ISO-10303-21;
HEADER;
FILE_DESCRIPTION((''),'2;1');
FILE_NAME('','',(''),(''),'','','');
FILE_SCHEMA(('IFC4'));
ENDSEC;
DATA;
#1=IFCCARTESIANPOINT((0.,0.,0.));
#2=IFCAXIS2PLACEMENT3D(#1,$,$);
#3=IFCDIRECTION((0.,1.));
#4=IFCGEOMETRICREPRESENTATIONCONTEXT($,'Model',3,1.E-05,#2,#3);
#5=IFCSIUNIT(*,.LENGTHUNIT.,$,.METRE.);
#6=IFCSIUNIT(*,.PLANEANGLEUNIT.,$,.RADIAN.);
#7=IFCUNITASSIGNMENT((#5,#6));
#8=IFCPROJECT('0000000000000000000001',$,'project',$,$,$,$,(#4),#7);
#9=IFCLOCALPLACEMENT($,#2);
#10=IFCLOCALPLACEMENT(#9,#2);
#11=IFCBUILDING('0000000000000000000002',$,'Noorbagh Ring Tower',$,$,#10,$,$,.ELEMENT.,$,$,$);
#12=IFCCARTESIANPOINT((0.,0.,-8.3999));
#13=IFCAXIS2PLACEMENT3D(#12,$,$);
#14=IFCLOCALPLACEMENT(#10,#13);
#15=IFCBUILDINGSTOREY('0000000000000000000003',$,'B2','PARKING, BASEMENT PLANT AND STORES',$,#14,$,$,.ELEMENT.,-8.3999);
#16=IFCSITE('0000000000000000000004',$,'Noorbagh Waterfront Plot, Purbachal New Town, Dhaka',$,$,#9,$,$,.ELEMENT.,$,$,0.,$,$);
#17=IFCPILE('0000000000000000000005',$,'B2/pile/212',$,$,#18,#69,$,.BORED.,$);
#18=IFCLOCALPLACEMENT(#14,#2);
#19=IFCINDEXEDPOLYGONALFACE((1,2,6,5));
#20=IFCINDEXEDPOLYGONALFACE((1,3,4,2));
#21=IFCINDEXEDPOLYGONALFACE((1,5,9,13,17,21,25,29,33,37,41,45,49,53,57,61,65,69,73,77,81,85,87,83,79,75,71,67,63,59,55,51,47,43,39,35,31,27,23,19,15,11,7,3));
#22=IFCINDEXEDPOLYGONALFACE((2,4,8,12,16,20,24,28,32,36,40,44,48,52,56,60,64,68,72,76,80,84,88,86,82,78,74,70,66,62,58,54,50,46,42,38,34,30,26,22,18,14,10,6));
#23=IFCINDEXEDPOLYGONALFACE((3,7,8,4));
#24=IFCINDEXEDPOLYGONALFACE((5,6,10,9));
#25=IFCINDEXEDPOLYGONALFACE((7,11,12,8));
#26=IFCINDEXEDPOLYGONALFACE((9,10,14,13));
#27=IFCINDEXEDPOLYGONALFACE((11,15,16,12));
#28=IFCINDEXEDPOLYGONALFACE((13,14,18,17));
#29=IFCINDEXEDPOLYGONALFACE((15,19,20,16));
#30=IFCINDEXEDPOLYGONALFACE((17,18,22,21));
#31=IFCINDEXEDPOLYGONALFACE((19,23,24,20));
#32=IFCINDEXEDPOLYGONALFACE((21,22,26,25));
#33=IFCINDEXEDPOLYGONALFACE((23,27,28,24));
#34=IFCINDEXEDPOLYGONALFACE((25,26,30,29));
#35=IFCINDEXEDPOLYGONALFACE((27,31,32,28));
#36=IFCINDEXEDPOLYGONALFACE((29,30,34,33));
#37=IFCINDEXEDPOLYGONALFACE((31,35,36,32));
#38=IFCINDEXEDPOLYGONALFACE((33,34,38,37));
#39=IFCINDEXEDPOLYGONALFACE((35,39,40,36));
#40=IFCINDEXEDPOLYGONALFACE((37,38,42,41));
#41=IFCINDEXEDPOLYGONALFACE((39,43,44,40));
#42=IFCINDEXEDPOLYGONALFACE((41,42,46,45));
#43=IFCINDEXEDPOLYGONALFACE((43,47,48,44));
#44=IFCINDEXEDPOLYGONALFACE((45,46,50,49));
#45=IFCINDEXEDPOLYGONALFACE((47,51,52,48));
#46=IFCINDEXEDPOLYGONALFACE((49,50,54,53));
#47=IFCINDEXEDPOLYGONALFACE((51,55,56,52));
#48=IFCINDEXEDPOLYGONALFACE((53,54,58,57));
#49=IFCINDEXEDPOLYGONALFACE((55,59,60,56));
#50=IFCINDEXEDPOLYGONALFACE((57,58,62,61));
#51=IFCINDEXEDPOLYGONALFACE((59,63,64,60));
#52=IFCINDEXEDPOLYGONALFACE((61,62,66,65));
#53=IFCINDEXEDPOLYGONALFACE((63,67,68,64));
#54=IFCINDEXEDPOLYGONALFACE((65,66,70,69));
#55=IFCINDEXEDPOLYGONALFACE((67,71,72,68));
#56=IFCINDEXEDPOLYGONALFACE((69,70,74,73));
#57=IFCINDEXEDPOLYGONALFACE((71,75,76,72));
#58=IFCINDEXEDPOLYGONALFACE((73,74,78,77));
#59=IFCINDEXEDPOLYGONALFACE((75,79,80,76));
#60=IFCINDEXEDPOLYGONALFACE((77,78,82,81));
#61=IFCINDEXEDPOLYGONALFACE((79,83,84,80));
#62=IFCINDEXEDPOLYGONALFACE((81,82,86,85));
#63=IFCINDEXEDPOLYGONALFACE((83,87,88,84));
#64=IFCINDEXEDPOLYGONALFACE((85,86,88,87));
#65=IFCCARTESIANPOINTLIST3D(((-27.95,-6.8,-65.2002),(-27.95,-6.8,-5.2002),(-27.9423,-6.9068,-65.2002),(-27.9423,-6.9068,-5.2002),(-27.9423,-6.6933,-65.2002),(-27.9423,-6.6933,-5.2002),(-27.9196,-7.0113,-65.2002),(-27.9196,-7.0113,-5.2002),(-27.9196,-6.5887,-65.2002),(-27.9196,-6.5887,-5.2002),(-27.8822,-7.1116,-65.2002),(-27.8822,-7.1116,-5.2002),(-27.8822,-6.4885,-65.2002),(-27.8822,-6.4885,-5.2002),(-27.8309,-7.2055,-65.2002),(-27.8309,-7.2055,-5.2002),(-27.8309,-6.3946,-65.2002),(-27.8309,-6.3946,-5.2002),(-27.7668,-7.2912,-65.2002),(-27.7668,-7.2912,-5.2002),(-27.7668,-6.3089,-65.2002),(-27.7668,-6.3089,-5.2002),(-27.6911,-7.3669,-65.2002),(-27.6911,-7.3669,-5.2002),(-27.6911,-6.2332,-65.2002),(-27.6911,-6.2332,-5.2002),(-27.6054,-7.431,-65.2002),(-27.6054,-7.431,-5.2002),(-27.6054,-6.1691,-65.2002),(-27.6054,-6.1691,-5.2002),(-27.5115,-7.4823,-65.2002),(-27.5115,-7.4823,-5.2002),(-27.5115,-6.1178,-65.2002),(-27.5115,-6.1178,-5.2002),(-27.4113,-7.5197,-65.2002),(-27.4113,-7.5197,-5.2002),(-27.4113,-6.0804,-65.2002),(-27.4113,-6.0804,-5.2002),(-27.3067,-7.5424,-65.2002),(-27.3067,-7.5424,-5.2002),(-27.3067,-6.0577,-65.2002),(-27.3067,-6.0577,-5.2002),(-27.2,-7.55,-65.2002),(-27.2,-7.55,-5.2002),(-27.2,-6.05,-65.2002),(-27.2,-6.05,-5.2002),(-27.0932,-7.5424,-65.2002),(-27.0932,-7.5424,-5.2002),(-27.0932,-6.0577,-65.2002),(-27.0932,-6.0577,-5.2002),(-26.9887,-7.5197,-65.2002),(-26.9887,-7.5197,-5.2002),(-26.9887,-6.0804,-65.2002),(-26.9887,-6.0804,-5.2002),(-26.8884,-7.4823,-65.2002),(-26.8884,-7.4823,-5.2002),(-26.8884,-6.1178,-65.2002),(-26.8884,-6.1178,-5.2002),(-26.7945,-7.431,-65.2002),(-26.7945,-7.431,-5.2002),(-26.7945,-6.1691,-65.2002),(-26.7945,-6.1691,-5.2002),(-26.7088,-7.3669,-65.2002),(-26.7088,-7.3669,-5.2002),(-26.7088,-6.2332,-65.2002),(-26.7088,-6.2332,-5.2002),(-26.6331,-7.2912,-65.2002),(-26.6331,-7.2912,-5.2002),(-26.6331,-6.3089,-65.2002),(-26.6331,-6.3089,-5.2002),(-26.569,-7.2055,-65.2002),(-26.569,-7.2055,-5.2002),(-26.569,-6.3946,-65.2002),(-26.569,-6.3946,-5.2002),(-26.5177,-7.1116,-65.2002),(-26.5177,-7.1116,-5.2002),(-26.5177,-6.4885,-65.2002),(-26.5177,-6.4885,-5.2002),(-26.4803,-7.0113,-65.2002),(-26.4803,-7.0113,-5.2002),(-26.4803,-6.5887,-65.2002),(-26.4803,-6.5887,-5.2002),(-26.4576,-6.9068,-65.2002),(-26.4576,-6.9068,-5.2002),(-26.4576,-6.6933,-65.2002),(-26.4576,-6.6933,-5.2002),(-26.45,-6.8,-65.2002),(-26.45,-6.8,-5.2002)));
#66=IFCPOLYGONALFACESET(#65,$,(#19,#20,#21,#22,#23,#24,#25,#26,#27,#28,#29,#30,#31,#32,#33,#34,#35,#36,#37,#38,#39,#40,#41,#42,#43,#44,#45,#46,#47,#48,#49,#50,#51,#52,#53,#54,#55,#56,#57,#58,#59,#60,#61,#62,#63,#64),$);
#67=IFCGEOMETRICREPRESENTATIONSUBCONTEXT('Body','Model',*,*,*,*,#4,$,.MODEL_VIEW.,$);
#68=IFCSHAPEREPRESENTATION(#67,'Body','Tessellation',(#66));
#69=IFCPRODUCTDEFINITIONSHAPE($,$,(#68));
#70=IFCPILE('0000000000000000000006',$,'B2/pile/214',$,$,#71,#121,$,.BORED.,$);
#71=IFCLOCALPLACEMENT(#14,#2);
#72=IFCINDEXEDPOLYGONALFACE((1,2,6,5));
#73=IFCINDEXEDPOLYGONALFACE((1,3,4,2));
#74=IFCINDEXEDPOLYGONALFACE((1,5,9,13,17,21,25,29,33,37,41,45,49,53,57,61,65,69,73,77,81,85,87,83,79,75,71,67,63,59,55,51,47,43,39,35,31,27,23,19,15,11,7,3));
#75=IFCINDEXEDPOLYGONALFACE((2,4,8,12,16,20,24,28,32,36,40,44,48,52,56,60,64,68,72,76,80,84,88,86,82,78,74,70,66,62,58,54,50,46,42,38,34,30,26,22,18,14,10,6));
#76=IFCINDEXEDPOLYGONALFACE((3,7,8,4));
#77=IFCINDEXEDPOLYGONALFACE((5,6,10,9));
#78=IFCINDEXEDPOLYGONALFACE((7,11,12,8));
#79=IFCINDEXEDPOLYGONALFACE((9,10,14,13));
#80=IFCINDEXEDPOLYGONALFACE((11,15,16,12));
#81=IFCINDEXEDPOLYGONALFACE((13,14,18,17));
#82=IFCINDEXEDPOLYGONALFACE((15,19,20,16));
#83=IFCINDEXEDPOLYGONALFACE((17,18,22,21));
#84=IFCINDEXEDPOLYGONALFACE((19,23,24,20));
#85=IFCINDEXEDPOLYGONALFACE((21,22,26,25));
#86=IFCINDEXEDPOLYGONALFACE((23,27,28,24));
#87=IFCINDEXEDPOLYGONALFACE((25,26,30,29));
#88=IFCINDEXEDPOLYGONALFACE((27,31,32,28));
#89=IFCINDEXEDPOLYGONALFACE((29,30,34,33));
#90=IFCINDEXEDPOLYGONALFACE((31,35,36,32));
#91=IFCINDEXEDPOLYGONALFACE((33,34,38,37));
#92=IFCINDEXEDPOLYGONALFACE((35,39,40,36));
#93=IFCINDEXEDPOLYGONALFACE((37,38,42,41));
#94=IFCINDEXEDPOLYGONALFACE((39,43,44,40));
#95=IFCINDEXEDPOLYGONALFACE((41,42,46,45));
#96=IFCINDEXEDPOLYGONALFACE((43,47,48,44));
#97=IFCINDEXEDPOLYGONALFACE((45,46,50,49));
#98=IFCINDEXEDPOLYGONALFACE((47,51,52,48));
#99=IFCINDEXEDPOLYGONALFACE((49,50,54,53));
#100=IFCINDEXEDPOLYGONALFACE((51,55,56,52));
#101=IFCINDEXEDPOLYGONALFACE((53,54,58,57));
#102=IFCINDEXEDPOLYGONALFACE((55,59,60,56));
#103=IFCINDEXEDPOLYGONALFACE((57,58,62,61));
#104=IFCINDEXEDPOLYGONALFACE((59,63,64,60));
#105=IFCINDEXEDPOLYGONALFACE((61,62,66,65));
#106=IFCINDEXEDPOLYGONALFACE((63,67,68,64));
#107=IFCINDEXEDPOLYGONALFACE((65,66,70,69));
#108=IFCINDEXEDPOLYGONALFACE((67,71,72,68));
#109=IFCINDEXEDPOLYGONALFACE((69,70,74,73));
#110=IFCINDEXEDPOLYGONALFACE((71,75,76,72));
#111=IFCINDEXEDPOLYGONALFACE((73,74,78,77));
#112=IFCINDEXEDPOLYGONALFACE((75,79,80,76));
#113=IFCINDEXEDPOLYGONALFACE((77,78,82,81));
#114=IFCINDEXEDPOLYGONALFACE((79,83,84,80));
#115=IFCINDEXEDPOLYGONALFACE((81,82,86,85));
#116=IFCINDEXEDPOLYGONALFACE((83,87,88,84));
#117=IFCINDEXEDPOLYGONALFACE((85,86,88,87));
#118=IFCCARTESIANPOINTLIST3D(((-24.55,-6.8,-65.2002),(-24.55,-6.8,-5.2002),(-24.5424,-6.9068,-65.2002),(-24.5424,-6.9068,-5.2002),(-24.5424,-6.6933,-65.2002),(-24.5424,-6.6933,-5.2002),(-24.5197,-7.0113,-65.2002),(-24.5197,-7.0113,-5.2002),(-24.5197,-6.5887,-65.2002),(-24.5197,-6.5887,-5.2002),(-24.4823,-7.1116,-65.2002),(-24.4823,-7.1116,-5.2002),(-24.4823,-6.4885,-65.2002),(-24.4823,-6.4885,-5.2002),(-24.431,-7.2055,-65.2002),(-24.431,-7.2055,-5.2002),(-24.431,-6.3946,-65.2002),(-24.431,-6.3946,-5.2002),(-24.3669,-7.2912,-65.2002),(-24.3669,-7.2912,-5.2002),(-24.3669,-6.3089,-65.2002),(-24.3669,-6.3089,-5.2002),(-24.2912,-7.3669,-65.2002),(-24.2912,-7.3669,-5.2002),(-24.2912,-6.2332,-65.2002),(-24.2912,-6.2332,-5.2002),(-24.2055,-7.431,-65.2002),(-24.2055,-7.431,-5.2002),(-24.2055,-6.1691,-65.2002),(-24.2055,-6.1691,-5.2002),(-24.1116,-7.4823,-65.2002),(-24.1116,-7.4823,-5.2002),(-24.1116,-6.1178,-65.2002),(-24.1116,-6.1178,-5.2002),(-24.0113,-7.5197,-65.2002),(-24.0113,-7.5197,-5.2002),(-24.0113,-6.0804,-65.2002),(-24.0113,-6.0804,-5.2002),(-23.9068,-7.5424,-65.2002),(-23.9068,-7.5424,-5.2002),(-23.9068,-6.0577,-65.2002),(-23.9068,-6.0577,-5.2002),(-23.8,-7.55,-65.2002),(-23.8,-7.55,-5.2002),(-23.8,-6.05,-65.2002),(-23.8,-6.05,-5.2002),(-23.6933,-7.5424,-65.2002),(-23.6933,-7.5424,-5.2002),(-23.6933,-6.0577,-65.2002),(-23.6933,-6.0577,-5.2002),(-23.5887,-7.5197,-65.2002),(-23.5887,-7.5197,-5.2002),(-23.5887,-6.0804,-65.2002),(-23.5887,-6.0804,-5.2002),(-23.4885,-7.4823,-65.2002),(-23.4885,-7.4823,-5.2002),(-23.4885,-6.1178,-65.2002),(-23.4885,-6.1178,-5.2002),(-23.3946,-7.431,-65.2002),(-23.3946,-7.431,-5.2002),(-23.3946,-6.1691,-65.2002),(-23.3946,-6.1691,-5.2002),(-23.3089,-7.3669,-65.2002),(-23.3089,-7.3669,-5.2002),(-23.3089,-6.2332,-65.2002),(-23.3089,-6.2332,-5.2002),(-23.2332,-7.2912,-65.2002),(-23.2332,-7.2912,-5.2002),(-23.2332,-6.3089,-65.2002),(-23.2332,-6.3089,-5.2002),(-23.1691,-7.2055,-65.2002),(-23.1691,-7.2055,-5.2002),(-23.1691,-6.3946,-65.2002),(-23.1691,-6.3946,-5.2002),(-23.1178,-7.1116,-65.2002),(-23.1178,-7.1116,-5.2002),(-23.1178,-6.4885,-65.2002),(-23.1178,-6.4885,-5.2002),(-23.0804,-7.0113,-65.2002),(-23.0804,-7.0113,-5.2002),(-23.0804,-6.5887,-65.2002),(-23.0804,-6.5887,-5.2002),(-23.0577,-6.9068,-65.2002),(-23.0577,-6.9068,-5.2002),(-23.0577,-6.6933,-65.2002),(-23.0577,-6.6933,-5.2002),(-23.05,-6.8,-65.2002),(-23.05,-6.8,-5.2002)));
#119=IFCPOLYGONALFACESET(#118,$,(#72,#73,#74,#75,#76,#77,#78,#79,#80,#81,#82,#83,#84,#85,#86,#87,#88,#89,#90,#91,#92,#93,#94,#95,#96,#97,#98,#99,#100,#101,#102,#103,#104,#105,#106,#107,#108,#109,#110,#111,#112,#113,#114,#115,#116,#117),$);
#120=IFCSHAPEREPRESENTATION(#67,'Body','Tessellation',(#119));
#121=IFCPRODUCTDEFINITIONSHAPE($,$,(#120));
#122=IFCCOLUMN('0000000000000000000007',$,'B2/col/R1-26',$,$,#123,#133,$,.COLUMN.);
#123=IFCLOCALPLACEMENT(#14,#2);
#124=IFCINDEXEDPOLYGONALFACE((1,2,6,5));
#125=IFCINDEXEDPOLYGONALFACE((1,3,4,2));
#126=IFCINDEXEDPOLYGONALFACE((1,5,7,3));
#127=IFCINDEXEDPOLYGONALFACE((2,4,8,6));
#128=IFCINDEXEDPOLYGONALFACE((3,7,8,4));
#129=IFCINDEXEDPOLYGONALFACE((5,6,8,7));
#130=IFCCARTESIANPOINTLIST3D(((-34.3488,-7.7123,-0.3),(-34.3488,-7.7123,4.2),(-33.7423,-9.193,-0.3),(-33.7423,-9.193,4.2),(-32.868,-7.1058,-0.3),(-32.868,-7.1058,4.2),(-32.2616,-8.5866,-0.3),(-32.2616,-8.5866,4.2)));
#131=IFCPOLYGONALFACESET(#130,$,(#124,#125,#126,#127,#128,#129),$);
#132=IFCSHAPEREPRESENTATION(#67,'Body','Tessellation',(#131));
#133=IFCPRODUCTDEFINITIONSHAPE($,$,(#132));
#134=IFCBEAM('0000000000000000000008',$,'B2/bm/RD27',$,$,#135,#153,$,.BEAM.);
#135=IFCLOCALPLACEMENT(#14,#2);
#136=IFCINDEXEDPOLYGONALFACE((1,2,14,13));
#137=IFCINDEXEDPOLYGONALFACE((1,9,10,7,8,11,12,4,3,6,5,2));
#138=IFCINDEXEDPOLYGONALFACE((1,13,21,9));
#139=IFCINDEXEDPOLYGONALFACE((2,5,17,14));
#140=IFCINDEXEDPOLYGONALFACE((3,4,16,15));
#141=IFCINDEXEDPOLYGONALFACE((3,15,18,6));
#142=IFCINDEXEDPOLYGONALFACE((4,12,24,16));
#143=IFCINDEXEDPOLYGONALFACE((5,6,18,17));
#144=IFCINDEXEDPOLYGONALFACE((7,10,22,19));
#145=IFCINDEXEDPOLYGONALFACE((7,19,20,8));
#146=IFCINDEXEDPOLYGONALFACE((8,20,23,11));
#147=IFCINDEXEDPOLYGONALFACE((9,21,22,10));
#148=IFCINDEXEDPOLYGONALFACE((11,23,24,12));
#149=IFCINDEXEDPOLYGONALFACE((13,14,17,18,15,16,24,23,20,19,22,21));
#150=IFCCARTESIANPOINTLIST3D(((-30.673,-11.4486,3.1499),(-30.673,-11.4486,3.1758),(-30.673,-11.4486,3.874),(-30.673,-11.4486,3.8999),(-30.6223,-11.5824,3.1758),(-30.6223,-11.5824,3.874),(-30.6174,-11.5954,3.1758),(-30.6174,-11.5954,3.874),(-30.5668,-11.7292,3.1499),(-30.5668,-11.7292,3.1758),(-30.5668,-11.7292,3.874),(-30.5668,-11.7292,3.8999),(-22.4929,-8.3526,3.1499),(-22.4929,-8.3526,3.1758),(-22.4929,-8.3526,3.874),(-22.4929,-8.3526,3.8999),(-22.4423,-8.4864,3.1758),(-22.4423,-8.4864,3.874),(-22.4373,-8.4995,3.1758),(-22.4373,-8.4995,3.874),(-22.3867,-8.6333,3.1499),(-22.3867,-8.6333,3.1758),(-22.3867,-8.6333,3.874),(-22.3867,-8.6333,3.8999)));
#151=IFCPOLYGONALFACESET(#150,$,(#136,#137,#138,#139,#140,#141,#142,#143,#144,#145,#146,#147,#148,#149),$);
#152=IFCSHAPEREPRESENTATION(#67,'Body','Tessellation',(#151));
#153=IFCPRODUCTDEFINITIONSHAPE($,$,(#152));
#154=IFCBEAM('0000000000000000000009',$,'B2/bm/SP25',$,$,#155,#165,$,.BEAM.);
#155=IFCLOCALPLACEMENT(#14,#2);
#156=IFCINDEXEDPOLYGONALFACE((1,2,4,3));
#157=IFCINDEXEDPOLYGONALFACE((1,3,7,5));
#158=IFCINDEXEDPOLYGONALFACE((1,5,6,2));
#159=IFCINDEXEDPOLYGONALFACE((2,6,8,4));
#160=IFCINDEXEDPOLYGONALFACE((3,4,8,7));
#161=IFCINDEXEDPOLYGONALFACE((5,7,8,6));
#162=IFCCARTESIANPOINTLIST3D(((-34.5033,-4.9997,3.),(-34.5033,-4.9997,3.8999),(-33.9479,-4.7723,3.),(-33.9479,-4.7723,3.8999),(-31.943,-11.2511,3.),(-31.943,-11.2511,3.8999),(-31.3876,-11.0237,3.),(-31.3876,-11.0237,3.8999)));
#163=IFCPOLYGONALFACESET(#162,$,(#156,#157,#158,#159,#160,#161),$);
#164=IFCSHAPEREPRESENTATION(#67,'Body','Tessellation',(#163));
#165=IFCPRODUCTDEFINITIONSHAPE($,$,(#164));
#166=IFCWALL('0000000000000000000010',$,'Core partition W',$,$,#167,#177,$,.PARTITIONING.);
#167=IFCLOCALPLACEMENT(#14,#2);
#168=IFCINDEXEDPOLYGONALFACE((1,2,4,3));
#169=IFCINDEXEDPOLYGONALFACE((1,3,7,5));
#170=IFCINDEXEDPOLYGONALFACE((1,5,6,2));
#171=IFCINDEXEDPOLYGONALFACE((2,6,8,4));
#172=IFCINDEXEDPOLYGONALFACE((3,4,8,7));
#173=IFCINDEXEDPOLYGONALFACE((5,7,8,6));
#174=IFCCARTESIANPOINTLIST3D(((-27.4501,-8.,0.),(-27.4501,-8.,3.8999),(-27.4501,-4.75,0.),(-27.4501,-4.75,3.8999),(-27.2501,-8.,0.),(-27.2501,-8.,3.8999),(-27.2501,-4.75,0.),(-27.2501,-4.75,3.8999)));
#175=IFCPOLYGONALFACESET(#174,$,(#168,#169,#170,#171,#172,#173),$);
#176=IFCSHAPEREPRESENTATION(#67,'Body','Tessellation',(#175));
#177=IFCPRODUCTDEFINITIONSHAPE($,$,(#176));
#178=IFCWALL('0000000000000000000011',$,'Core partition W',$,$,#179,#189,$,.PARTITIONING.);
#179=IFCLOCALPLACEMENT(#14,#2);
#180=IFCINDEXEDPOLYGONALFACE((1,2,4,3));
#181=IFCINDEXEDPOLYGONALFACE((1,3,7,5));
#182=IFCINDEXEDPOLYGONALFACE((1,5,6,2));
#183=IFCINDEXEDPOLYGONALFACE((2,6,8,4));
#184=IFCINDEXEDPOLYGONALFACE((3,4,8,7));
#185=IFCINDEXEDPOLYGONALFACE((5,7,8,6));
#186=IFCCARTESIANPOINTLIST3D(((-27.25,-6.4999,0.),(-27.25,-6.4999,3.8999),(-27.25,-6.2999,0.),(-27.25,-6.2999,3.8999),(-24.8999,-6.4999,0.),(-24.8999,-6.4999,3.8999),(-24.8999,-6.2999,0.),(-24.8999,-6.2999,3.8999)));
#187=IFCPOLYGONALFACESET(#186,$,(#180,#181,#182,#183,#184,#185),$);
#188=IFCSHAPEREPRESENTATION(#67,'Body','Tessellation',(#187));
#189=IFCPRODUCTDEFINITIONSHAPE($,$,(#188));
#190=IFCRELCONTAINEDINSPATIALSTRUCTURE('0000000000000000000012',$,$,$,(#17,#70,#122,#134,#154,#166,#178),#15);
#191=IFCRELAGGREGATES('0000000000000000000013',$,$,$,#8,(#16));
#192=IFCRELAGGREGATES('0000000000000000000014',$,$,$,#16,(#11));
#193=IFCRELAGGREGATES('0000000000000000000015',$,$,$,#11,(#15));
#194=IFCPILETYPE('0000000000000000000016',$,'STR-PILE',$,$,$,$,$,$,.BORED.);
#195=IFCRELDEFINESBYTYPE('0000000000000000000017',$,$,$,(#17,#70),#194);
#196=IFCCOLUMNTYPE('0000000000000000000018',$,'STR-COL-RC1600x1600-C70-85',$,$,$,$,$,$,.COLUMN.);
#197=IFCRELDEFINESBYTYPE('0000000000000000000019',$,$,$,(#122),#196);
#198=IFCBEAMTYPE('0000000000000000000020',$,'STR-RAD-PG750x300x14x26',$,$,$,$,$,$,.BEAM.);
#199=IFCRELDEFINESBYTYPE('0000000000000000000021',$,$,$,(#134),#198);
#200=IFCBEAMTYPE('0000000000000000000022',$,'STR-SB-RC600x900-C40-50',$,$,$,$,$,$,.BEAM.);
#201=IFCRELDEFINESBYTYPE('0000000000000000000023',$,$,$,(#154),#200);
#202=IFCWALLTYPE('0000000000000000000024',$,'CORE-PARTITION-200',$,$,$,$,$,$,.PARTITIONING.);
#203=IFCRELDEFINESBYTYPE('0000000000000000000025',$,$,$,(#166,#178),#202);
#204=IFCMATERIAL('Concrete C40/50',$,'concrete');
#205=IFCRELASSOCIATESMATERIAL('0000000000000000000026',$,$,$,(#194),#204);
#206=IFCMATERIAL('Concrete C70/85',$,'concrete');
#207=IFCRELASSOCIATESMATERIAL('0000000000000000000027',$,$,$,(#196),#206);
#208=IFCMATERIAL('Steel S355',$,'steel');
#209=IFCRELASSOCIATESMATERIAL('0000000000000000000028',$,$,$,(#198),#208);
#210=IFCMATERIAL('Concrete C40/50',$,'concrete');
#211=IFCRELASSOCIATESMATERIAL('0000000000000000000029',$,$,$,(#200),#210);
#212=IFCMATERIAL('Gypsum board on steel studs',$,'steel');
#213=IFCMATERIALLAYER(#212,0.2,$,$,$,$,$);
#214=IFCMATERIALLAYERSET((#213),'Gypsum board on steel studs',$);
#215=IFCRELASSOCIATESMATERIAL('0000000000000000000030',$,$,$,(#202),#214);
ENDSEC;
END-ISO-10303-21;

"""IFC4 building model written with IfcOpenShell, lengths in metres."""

from ifc_helpers import new_model, si_unit, direction, frame, frame_2d, origin, origin_2d, place, context, subcontext, project, spatial, rectangle, circle, i_section, extrude, material, layer, layer_set, material_profile, profile_set, type_object, element, save


model = new_model("IFC4")

# Units and contexts
model_context = context("Model", 3, precision=1e-05, world=origin(), true_north=direction((0.0, 1.0)))
body_context = subcontext(model_context, "Body", "Model", "MODEL_VIEW")
ifc_project = project(units=[si_unit("LENGTHUNIT", "METRE"), si_unit("PLANEANGLEUNIT", "RADIAN")], contexts=[model_context])

# Site, building, storey
site_placement = place(None, origin())
site = spatial("IfcSite", under=ifc_project, at=site_placement, Name="Noorbagh Waterfront Plot, Purbachal New Town, Dhaka", CompositionType="ELEMENT", RefElevation=0.0)
building_placement = place(site_placement, origin())
building = spatial("IfcBuilding", under=site, at=building_placement, Name="Noorbagh Ring Tower", CompositionType="ELEMENT")
storey_placement = place(building_placement, frame((0.0, 0.0, -8.3999)))
storey = spatial("IfcBuildingStorey", under=building, at=storey_placement, Name="B2", Description="PARKING, BASEMENT PLANT AND STORES", CompositionType="ELEMENT", Elevation=-8.3999)

# Piles
ifc_material_1 = material(Name="Concrete C40/50", Category="concrete")
ifc_material_profile_1 = material_profile(ifc_material_1, circle(Radius=0.75, at=origin_2d()), Name="PILE1500")
ifc_profile_set_1 = profile_set([ifc_material_profile_1], Name="Concrete C40/50")
pile_type = type_object("IfcPileType", Name="STR-PILE", PredefinedType="BORED", material=ifc_profile_set_1)
for number, where, z_axis, x_axis, name in (
    (1, (-27.2, -6.8, -5.2002), (0.0, 0.0, -1.0), (1.0, 0.0, 0.0), "B2/pile/212"),
    (2, (-23.8, -6.8, -5.2002), (0.0, 0.0, -1.0), (1.0, 0.0, 0.0), "B2/pile/214"),
):
    element("IfcPile", number, at=place(storey_placement, frame(where, z_axis=z_axis, x_axis=x_axis)), inside=storey, type_object=pile_type, Name=name, PredefinedType="BORED", context=body_context, shape_type="SweptSolid", body=[
        extrude(circle(Radius=0.75, at=origin_2d()), origin(), (0.0, 0.0, 1.0), 60.0),
    ])

# Column
ifc_material_2 = material(Name="Concrete C70/85", Category="concrete")
ifc_material_profile_2 = material_profile(ifc_material_2, rectangle(XDim=1.6001, YDim=1.6001, at=origin_2d()), Name="RC1600x1600")
ifc_profile_set_2 = profile_set([ifc_material_profile_2], Name="Concrete C70/85")
column_type = type_object("IfcColumnType", Name="STR-COL-RC1600x1600-C70-85", PredefinedType="COLUMN", material=ifc_profile_set_2)
column_placement = place(storey_placement, frame((-33.3052, -8.1494, -0.3), z_axis=(0.0, 0.0, 1.0), x_axis=(0.378989, -0.925401, 0.0)))
element("IfcColumn", 3, at=column_placement, inside=storey, type_object=column_type, Name="B2/col/R1-26", PredefinedType="COLUMN", context=body_context, shape_type="SweptSolid", body=[
    extrude(rectangle(XDim=1.6001, YDim=1.6001, at=origin_2d()), origin(), (0.0, 0.0, 1.0), 4.5),
])

# Beams
ifc_material_3 = material(Name="Steel S355", Category="steel")
ifc_material_profile_3 = material_profile(ifc_material_3, i_section(OverallWidth=0.3, OverallDepth=0.75, WebThickness=0.0139, FlangeThickness=0.0259, at=origin_2d()), Name="PG750x300x14x26")
ifc_profile_set_3 = profile_set([ifc_material_profile_3], Name="Steel S355")
beam_type_1 = type_object("IfcBeamType", Name="STR-RAD-PG750x300x14x26", PredefinedType="BEAM", material=ifc_profile_set_3)
beam_1_placement = place(storey_placement, frame((-30.6199, -11.5889, 3.5249), z_axis=(0.935258, 0.353967, 0.0), x_axis=(-0.353967, 0.935258, 0.0)))
element("IfcBeam", 4, at=beam_1_placement, inside=storey, type_object=beam_type_1, Name="B2/bm/RD27", PredefinedType="BEAM", context=body_context, shape_type="SweptSolid", body=[
    extrude(i_section(OverallWidth=0.3, OverallDepth=0.75, WebThickness=0.0139, FlangeThickness=0.0259, at=origin_2d()), origin(), (0.0, 0.0, 1.0), 8.7463),
])
ifc_material_4 = material(Name="Concrete C40/50", Category="concrete")
ifc_material_profile_4 = material_profile(ifc_material_4, rectangle(XDim=0.6001, YDim=0.8999, at=origin_2d()), Name="RC600x900")
ifc_profile_set_4 = profile_set([ifc_material_profile_4], Name="Concrete C40/50")
beam_type_2 = type_object("IfcBeamType", Name="STR-SB-RC600x900-C40-50", PredefinedType="BEAM", material=ifc_profile_set_4)
beam_2_placement = place(storey_placement, frame((-34.2256, -4.886, 3.45), z_axis=(0.378999, -0.925397, 0.0), x_axis=(0.925397, 0.378999, 0.0)))
element("IfcBeam", 5, at=beam_2_placement, inside=storey, type_object=beam_type_2, Name="B2/bm/SP25", PredefinedType="BEAM", context=body_context, shape_type="SweptSolid", body=[
    extrude(rectangle(XDim=0.6001, YDim=0.8999, at=origin_2d()), origin(), (0.0, 0.0, 1.0), 6.7554),
])

# Walls
ifc_material_5 = material(Name="Gypsum board on steel studs", Category="steel")
ifc_layer_1 = layer(ifc_material_5, 0.2)
ifc_layer_set_1 = layer_set([ifc_layer_1], Name="Gypsum board on steel studs")
wall_type_1 = type_object("IfcWallType", Name="CORE-PARTITION-200", PredefinedType="PARTITIONING", material=ifc_layer_set_1)
wall_1_placement = place(storey_placement, frame((-27.3501, -8.0, 0.0), z_axis=(0.0, 0.0, 1.0), x_axis=(0.0, 1.0, 0.0)))
element("IfcWall", 6, at=wall_1_placement, inside=storey, type_object=wall_type_1, Name="Core partition W", PredefinedType="PARTITIONING", context=body_context, shape_type="SweptSolid", body=[
    extrude(rectangle(XDim=3.25, YDim=0.2, at=frame_2d((1.625, 0.0))), origin(), (0.0, 0.0, 1.0), 3.8999),
])
wall_2_placement = place(storey_placement, frame((-24.8999, -6.3999, 0.0), z_axis=(0.0, 0.0, 1.0), x_axis=(-1.0, 0.0, 0.0)))
element("IfcWall", 7, at=wall_2_placement, inside=storey, type_object=wall_type_1, Name="Core partition W", PredefinedType="PARTITIONING", context=body_context, shape_type="SweptSolid", body=[
    extrude(rectangle(XDim=2.3501, YDim=0.2, at=frame_2d((1.175, 0.0))), origin(), (0.0, 0.0, 1.0), 3.8999),
])

save(model, "model.ifc")
